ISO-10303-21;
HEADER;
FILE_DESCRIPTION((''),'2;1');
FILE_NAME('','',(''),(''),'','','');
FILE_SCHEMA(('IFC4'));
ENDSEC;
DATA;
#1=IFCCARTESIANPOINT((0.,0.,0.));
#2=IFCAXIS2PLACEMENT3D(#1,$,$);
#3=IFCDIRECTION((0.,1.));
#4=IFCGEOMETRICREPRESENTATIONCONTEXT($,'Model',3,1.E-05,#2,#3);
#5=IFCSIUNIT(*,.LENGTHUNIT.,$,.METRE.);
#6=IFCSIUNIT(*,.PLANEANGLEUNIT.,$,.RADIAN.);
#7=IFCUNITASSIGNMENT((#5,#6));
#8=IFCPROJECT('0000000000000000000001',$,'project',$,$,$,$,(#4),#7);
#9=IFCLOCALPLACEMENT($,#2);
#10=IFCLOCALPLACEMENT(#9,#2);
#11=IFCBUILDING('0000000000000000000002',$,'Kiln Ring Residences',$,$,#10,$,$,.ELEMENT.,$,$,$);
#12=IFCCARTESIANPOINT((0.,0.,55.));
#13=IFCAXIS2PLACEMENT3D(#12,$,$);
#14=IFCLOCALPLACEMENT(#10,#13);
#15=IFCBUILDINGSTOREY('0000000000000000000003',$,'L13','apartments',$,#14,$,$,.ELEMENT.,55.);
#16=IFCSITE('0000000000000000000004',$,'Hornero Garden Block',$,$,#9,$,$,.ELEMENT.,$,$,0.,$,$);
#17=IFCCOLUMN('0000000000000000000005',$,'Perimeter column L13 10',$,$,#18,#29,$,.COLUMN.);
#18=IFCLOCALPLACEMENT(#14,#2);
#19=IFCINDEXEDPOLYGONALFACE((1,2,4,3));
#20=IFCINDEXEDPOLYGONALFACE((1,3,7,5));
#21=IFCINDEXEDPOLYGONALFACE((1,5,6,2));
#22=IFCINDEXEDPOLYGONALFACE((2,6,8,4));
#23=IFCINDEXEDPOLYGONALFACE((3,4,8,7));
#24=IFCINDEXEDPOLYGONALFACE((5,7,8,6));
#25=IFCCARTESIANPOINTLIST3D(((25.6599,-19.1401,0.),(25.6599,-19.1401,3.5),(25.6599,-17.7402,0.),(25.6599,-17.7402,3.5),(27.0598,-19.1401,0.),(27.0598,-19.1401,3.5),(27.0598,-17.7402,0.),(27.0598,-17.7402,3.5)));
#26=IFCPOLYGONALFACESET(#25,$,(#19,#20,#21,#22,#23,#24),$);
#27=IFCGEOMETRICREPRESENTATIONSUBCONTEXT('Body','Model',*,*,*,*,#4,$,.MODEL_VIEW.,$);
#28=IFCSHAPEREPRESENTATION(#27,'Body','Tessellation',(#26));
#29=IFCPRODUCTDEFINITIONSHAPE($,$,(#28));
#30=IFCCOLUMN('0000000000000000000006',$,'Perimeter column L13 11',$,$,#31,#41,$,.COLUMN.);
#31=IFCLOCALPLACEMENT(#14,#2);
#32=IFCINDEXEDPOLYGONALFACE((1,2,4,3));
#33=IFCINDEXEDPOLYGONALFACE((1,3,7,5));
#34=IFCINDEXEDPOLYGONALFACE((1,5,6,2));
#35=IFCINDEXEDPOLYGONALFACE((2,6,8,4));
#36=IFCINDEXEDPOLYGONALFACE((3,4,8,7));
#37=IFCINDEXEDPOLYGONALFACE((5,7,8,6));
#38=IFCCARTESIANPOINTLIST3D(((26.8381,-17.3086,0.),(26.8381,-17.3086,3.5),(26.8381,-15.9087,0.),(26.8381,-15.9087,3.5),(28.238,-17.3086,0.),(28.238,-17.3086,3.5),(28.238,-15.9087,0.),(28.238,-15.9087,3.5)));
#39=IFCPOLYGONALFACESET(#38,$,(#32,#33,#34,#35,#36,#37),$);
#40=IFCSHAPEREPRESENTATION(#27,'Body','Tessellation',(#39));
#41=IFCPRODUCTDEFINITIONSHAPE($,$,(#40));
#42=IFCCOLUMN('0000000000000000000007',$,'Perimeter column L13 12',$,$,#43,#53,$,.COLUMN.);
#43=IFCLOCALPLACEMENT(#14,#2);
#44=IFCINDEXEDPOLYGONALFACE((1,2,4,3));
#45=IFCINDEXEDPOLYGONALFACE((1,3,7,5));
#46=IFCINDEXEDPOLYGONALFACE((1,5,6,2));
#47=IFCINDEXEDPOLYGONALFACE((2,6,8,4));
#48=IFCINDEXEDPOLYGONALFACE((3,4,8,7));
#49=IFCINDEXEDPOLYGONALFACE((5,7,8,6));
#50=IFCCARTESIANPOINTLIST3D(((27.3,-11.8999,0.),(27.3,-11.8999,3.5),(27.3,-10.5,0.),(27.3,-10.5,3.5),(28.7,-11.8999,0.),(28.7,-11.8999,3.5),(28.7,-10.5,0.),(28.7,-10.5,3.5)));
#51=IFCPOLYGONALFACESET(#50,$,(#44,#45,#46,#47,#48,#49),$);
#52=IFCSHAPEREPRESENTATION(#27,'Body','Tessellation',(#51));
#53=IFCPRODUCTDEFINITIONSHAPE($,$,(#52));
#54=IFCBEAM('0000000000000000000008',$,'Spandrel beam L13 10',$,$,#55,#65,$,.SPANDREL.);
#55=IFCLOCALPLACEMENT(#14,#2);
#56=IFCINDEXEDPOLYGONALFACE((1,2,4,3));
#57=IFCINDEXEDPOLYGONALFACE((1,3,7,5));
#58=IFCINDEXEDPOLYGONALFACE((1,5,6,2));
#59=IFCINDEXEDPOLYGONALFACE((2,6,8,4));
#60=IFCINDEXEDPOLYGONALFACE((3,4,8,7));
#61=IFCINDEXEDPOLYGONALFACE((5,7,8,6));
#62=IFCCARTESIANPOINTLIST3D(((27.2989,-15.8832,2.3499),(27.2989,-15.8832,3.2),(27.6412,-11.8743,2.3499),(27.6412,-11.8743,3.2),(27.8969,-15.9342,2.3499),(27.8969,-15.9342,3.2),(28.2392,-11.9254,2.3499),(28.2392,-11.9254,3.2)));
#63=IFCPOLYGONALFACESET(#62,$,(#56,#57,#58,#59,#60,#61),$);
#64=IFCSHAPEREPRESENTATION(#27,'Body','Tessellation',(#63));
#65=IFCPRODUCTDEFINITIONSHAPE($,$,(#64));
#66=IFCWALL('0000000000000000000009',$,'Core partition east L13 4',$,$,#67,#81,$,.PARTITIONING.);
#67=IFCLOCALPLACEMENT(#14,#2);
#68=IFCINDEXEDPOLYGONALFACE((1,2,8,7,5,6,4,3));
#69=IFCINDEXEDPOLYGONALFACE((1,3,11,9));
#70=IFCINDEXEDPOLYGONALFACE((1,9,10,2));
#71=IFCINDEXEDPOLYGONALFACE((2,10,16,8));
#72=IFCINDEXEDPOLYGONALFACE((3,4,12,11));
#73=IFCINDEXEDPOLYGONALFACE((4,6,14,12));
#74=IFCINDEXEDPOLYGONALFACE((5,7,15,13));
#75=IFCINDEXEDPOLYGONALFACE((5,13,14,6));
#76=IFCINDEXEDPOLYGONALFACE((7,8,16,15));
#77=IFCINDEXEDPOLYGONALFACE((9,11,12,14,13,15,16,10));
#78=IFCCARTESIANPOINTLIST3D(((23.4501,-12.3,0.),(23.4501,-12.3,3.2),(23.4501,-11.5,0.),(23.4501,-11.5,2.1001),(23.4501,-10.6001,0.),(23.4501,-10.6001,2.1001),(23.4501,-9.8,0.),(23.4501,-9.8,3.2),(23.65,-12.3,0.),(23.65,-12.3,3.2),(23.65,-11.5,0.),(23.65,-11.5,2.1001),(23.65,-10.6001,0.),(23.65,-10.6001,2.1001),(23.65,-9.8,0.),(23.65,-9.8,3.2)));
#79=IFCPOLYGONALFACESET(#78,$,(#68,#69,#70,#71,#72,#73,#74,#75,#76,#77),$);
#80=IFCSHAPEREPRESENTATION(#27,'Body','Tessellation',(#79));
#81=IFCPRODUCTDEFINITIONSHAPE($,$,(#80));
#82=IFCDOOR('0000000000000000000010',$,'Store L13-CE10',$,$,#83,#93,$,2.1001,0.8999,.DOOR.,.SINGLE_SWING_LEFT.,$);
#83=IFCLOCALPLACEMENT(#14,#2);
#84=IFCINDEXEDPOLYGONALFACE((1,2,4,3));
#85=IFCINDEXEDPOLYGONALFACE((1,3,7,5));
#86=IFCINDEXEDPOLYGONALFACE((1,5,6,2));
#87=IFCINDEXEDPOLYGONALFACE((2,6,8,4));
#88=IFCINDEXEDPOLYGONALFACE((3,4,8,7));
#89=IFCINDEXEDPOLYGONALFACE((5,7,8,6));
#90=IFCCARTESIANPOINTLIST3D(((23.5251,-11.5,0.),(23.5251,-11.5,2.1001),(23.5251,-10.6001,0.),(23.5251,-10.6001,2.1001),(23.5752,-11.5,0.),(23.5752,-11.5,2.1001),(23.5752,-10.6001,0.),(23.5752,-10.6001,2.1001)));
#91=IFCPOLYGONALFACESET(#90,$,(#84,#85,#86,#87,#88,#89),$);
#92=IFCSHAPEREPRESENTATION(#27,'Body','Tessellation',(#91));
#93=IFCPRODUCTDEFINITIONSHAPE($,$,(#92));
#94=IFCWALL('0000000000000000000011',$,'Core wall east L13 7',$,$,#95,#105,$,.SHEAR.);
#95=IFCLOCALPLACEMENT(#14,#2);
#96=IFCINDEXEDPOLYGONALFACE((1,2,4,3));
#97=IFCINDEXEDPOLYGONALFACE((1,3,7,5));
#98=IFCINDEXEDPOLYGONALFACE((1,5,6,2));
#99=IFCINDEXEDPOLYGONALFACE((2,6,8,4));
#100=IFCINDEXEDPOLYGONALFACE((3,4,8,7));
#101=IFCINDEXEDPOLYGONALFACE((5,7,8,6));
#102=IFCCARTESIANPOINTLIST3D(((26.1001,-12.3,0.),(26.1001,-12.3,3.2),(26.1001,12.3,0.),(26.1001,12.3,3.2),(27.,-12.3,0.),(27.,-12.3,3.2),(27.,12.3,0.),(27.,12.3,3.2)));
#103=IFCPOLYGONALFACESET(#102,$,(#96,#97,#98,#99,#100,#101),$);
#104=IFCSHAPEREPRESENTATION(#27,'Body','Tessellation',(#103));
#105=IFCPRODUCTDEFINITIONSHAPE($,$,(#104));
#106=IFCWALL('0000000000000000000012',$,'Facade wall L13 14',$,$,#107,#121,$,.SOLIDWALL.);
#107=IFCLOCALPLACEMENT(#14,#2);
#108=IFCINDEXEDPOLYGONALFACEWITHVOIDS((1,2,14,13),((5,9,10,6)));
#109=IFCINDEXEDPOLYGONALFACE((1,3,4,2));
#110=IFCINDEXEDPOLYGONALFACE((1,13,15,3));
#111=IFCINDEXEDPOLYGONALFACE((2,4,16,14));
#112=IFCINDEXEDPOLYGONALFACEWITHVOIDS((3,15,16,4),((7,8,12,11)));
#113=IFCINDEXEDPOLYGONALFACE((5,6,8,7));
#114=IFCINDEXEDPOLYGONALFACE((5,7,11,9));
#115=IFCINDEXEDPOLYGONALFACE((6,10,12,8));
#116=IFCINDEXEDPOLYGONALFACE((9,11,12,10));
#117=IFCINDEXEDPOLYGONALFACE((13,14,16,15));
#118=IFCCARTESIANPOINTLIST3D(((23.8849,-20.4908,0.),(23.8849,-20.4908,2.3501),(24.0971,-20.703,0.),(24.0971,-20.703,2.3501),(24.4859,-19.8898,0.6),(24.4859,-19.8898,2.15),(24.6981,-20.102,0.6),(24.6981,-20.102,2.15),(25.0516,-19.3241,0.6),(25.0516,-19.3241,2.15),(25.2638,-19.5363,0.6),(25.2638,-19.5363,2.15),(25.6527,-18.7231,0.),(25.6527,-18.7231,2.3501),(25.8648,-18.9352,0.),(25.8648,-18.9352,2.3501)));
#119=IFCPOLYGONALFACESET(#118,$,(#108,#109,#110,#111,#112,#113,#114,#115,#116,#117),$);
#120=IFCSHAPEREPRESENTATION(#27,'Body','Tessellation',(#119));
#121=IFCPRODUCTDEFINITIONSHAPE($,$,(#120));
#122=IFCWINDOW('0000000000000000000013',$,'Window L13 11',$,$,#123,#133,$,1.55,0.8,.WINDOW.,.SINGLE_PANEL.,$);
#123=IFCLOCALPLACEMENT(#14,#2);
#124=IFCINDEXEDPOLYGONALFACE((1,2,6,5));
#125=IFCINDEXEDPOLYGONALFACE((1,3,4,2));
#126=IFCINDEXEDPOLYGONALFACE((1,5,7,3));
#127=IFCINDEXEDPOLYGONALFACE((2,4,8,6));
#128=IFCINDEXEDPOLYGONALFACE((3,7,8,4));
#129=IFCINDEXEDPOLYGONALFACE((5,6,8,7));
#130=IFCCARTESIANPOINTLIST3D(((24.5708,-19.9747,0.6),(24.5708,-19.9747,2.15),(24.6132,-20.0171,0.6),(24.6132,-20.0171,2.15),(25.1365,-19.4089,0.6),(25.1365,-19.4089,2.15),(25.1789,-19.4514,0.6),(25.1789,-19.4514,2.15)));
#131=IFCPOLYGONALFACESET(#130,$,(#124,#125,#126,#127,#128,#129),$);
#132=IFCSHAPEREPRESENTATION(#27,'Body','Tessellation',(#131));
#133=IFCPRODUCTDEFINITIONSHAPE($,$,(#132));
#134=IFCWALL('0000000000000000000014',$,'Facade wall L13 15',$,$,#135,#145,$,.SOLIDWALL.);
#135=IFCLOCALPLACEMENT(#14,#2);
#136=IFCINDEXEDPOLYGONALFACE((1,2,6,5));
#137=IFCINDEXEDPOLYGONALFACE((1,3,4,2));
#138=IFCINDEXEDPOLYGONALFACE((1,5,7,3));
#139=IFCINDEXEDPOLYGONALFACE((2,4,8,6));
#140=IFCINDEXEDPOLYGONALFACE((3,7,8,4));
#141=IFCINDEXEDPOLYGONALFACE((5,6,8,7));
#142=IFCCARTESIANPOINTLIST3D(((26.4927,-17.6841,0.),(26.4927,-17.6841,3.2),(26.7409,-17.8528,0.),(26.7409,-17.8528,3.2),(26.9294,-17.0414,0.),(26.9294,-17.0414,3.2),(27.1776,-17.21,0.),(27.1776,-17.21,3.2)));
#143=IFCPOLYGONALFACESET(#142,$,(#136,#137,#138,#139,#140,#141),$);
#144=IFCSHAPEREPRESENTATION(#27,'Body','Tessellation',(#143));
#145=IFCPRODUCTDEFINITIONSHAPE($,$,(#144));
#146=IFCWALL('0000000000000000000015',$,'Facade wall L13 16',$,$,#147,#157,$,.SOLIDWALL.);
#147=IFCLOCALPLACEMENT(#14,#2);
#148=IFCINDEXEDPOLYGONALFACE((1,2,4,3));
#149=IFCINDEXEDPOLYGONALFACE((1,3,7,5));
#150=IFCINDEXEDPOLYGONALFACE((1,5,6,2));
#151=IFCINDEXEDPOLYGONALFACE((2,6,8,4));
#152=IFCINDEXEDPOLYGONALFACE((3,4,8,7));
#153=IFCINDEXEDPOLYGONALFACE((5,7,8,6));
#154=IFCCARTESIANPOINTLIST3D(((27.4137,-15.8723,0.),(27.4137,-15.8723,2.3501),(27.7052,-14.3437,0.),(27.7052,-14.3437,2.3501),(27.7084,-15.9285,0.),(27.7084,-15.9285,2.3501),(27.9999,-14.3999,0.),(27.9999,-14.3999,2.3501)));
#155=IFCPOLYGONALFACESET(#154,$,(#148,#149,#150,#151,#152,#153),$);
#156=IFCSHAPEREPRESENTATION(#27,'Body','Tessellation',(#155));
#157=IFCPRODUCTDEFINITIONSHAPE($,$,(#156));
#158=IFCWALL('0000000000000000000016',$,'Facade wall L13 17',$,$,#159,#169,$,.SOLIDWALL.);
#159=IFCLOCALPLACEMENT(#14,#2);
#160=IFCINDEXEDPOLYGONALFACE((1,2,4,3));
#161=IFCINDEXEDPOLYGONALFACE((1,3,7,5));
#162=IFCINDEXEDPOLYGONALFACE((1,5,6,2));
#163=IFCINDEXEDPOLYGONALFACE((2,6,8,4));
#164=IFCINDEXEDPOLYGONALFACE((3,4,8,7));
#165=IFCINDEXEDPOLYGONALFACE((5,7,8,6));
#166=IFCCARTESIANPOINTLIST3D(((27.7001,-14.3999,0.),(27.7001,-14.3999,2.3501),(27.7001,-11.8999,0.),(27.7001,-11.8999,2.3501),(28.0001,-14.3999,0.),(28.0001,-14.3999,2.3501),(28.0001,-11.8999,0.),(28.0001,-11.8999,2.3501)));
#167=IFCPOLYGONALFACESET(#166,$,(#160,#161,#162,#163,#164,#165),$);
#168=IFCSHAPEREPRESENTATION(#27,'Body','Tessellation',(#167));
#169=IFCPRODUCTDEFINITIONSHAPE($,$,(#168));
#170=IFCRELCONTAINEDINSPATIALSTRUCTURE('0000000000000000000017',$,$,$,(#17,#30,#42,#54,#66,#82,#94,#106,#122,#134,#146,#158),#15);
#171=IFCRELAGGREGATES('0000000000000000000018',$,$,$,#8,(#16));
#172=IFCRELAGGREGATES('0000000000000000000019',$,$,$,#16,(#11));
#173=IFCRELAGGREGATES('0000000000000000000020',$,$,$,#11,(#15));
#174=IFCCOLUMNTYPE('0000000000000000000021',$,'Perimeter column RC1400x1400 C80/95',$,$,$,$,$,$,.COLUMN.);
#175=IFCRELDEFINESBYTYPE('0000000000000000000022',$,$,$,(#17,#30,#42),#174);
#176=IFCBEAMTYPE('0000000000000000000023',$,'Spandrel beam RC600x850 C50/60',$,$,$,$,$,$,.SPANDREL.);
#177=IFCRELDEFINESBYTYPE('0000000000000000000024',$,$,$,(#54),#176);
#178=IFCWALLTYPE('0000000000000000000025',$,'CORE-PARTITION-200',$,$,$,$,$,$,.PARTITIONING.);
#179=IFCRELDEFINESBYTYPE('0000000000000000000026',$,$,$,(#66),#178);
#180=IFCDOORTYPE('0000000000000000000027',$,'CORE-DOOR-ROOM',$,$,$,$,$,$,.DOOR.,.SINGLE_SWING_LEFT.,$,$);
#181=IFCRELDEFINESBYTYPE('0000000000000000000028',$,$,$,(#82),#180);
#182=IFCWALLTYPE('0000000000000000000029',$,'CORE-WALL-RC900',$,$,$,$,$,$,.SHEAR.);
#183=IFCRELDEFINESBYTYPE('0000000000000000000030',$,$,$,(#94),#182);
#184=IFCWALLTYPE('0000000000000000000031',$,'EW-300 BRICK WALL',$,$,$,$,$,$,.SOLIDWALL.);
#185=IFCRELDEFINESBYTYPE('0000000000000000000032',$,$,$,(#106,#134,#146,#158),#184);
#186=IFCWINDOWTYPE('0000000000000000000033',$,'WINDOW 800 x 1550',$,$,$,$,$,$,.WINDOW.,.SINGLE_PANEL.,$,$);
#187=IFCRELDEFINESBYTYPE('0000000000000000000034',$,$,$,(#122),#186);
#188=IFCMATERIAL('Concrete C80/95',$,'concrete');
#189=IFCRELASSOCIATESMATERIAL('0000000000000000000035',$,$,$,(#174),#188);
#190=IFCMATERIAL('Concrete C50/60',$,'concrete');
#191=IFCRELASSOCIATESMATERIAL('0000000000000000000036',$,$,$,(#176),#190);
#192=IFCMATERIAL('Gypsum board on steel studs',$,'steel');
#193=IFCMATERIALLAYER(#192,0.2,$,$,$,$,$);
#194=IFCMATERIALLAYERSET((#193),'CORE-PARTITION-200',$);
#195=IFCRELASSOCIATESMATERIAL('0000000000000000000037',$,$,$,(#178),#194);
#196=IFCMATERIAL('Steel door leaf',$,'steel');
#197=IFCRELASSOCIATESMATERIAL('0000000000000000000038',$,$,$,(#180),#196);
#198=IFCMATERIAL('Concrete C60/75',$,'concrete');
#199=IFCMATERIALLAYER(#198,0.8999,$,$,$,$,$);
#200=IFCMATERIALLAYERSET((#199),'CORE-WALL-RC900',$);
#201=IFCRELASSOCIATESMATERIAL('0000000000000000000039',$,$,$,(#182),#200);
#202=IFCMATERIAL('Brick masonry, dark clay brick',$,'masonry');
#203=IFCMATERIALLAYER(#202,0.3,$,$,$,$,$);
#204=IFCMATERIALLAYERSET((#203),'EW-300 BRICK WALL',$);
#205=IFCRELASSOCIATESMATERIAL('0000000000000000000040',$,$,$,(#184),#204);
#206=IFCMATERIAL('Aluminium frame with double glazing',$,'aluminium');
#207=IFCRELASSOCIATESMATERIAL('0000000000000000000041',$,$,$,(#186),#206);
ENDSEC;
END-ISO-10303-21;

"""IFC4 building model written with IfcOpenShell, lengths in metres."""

from ifc_helpers import new_model, si_unit, direction, frame, frame_2d, origin, origin_2d, place, context, subcontext, project, spatial, rectangle, extrude, material, layer, layer_set, material_profile, profile_set, type_object, element, fill, save


model = new_model("IFC4")

# Units and contexts
model_context = context("Model", 3, precision=1e-05, world=origin(), true_north=direction((0.0, 1.0)))
body_context = subcontext(model_context, "Body", "Model", "MODEL_VIEW")
ifc_project = project(units=[si_unit("LENGTHUNIT", "METRE"), si_unit("PLANEANGLEUNIT", "RADIAN")], contexts=[model_context])

# Site, building, storey
site_placement = place(None, origin())
site = spatial("IfcSite", under=ifc_project, at=site_placement, Name="Hornero Garden Block", CompositionType="ELEMENT", RefElevation=0.0)
building_placement = place(site_placement, origin())
building = spatial("IfcBuilding", under=site, at=building_placement, Name="Kiln Ring Residences", CompositionType="ELEMENT")
storey_placement = place(building_placement, frame((0.0, 0.0, 55.0)))
storey = spatial("IfcBuildingStorey", under=building, at=storey_placement, Name="L13", Description="apartments", CompositionType="ELEMENT", Elevation=55.0)

# Columns
ifc_material_1 = material(Name="Concrete C80/95", Category="concrete")
ifc_material_profile_1 = material_profile(ifc_material_1, rectangle(XDim=1.3999, YDim=1.3999, at=origin_2d()), Name="RC1400x1400")
ifc_profile_set_1 = profile_set([ifc_material_profile_1], Name="Concrete C80/95")
column_type = type_object("IfcColumnType", Name="Perimeter column RC1400x1400 C80/95", PredefinedType="COLUMN", material=ifc_profile_set_1)
for number, where, z_axis, x_axis, name in (
    (1, (26.3599, -18.4402, 0.0), (0.0, 0.0, 1.0), (1.0, 0.0, 0.0), "Perimeter column L13 10"),
    (2, (27.5381, -16.6086, 0.0), (0.0, 0.0, 1.0), (1.0, 0.0, 0.0), "Perimeter column L13 11"),
    (3, (28.0, -11.2, 0.0), (0.0, 0.0, 1.0), (1.0, 0.0, 0.0), "Perimeter column L13 12"),
):
    element("IfcColumn", number, at=place(storey_placement, frame(where, z_axis=z_axis, x_axis=x_axis)), inside=storey, type_object=column_type, Name=name, PredefinedType="COLUMN", context=body_context, shape_type="SweptSolid", body=[
        extrude(rectangle(XDim=1.3999, YDim=1.3999, at=origin_2d()), origin(), (0.0, 0.0, 1.0), 3.5),
    ])

# Beam
ifc_material_2 = material(Name="Concrete C50/60", Category="concrete")
ifc_material_profile_2 = material_profile(ifc_material_2, rectangle(XDim=0.6001, YDim=0.8501, at=origin_2d()), Name="RC600x850")
ifc_profile_set_2 = profile_set([ifc_material_profile_2], Name="Concrete C50/60")
beam_type = type_object("IfcBeamType", Name="Spandrel beam RC600x850 C50/60", PredefinedType="SPANDREL", material=ifc_profile_set_2)
beam_placement = place(storey_placement, frame((27.5979, -15.9087, 2.7749), z_axis=(0.085074, 0.996375, 0.0), x_axis=(-0.996375, 0.085074, 0.0)))
element("IfcBeam", 4, at=beam_placement, inside=storey, type_object=beam_type, Name="Spandrel beam L13 10", PredefinedType="SPANDREL", context=body_context, shape_type="SweptSolid", body=[
    extrude(rectangle(XDim=0.6001, YDim=0.8501, at=origin_2d()), origin(), (0.0, 0.0, 1.0), 4.0234),
])

# Wall, opening, door
ifc_material_3 = material(Name="Gypsum board on steel studs", Category="steel")
ifc_layer_1 = layer(ifc_material_3, 0.2)
ifc_layer_set_1 = layer_set([ifc_layer_1], Name="CORE-PARTITION-200")
wall_type_1 = type_object("IfcWallType", Name="CORE-PARTITION-200", PredefinedType="PARTITIONING", material=ifc_layer_set_1)
wall_1_placement = place(storey_placement, frame((23.55, -12.3, 0.0), z_axis=(0.0, 0.0, 1.0), x_axis=(0.0, 1.0, 0.0)))
wall_1 = element("IfcWall", 5, at=wall_1_placement, inside=storey, type_object=wall_type_1, Name="Core partition east L13 4", PredefinedType="PARTITIONING", context=body_context, shape_type="SweptSolid", body=[
    extrude(rectangle(XDim=2.5, YDim=0.2, at=frame_2d((1.25, 0.0))), origin(), (0.0, 0.0, 1.0), 3.2),
])
opening_1_placement = place(wall_1_placement, frame((0.8, 0.0, 0.0)))
opening_1 = element("IfcOpeningElement", 6, at=opening_1_placement, cuts=wall_1, PredefinedType="OPENING", context=body_context, shape_type="SweptSolid", body=[
    extrude(rectangle(XDim=0.8999, YDim=2.1001, at=frame_2d((0.45, 1.05))), frame((0.0, 0.1099, 0.0), z_axis=(0.0, -1.0, 0.0), x_axis=(1.0, 0.0, 0.0)), (0.0, 0.0, 1.0), 0.22),
])
ifc_material_4 = material(Name="Steel door leaf", Category="steel")
door_type = type_object("IfcDoorType", Name="CORE-DOOR-ROOM", OperationType="SINGLE_SWING_LEFT", PredefinedType="DOOR", material=ifc_material_4)
door_placement = place(opening_1_placement, origin())
door = element("IfcDoor", 7, at=door_placement, inside=storey, type_object=door_type, Name="Store L13-CE10", OperationType="SINGLE_SWING_LEFT", OverallHeight=2.1001, OverallWidth=0.8999, PredefinedType="DOOR", context=body_context, shape_type="SweptSolid", body=[
    extrude(rectangle(XDim=0.8999, YDim=2.1001, at=frame_2d((0.45, 1.05))), frame((0.0, 0.0249, 0.0), z_axis=(0.0, -1.0, 0.0), x_axis=(1.0, 0.0, 0.0)), (0.0, 0.0, 1.0), 0.05),
])
fill(opening_1, door)

# Wall
ifc_material_5 = material(Name="Concrete C60/75", Category="concrete")
ifc_layer_2 = layer(ifc_material_5, 0.8999)
ifc_layer_set_2 = layer_set([ifc_layer_2], Name="CORE-WALL-RC900")
wall_type_2 = type_object("IfcWallType", Name="CORE-WALL-RC900", PredefinedType="SHEAR", material=ifc_layer_set_2)
wall_2_placement = place(storey_placement, frame((26.55, -12.3, 0.0), z_axis=(0.0, 0.0, 1.0), x_axis=(0.0, 1.0, 0.0)))
element("IfcWall", 8, at=wall_2_placement, inside=storey, type_object=wall_type_2, Name="Core wall east L13 7", PredefinedType="SHEAR", context=body_context, shape_type="SweptSolid", body=[
    extrude(rectangle(XDim=24.6001, YDim=0.8999, at=frame_2d((12.3, 0.0))), origin(), (0.0, 0.0, 1.0), 3.2),
])

# Wall, opening, window
ifc_material_6 = material(Name="Brick masonry, dark clay brick", Category="masonry")
ifc_layer_3 = layer(ifc_material_6, 0.3)
ifc_layer_set_3 = layer_set([ifc_layer_3], Name="EW-300 BRICK WALL")
wall_type_3 = type_object("IfcWallType", Name="EW-300 BRICK WALL", PredefinedType="SOLIDWALL", material=ifc_layer_set_3)
wall_3_placement = place(storey_placement, frame((23.991, -20.5969, 0.0), z_axis=(0.0, 0.0, 1.0), x_axis=(0.707107, 0.707107, 0.0)))
wall_3 = element("IfcWall", 9, at=wall_3_placement, inside=storey, type_object=wall_type_3, Name="Facade wall L13 14", PredefinedType="SOLIDWALL", context=body_context, shape_type="SweptSolid", body=[
    extrude(rectangle(XDim=2.5, YDim=0.3, at=frame_2d((1.25, 0.0))), origin(), (0.0, 0.0, 1.0), 2.3501),
])
opening_2_placement = place(wall_3_placement, frame((0.8501, 0.0, 0.6001)))
opening_2 = element("IfcOpeningElement", 10, at=opening_2_placement, cuts=wall_3, PredefinedType="OPENING", context=body_context, shape_type="SweptSolid", body=[
    extrude(rectangle(XDim=0.8, YDim=1.55, at=frame_2d((0.3999, 0.7749))), frame((0.0, 0.1599, 0.0), z_axis=(0.0, -1.0, 0.0), x_axis=(1.0, 0.0, 0.0)), (0.0, 0.0, 1.0), 0.3201),
])
ifc_material_7 = material(Name="Aluminium frame with double glazing", Category="aluminium")
window_type = type_object("IfcWindowType", Name="WINDOW 800 x 1550", PartitioningType="SINGLE_PANEL", PredefinedType="WINDOW", material=ifc_material_7)
window_placement = place(opening_2_placement, origin())
window = element("IfcWindow", 11, at=window_placement, inside=storey, type_object=window_type, Name="Window L13 11", OverallHeight=1.55, OverallWidth=0.8, PartitioningType="SINGLE_PANEL", PredefinedType="WINDOW", context=body_context, shape_type="SweptSolid", body=[
    extrude(rectangle(XDim=0.8, YDim=1.55, at=frame_2d((0.3999, 0.7749))), frame((0.0, 0.03, 0.0), z_axis=(0.0, -1.0, 0.0), x_axis=(1.0, 0.0, 0.0)), (0.0, 0.0, 1.0), 0.0601),
])
fill(opening_2, window)

# Walls
wall_4_placement = place(storey_placement, frame((26.6167, -17.7686, 0.0), z_axis=(0.0, 0.0, 1.0), x_axis=(0.562001, 0.827137, 0.0)))
element("IfcWall", 12, at=wall_4_placement, inside=storey, type_object=wall_type_3, Name="Facade wall L13 15", PredefinedType="SOLIDWALL", context=body_context, shape_type="SweptSolid", body=[
    extrude(rectangle(XDim=0.7771, YDim=0.3, at=frame_2d((0.3887, 0.0))), origin(), (0.0, 0.0, 1.0), 3.2),
])
wall_5_placement = place(storey_placement, frame((27.561, -15.9004, 0.0), z_axis=(0.0, 0.0, 1.0), x_axis=(0.187328, 0.982297, 0.0)))
element("IfcWall", 13, at=wall_5_placement, inside=storey, type_object=wall_type_3, Name="Facade wall L13 16", PredefinedType="SOLIDWALL", context=body_context, shape_type="SweptSolid", body=[
    extrude(rectangle(XDim=1.5562, YDim=0.3, at=frame_2d((0.7781, 0.0))), origin(), (0.0, 0.0, 1.0), 2.3501),
])
wall_6_placement = place(storey_placement, frame((27.8501, -14.3999, 0.0), z_axis=(0.0, 0.0, 1.0), x_axis=(0.0, 1.0, 0.0)))
element("IfcWall", 14, at=wall_6_placement, inside=storey, type_object=wall_type_3, Name="Facade wall L13 17", PredefinedType="SOLIDWALL", context=body_context, shape_type="SweptSolid", body=[
    extrude(rectangle(XDim=2.5, YDim=0.3, at=frame_2d((1.25, 0.0))), origin(), (0.0, 0.0, 1.0), 2.3501),
])

save(model, "model.ifc")
